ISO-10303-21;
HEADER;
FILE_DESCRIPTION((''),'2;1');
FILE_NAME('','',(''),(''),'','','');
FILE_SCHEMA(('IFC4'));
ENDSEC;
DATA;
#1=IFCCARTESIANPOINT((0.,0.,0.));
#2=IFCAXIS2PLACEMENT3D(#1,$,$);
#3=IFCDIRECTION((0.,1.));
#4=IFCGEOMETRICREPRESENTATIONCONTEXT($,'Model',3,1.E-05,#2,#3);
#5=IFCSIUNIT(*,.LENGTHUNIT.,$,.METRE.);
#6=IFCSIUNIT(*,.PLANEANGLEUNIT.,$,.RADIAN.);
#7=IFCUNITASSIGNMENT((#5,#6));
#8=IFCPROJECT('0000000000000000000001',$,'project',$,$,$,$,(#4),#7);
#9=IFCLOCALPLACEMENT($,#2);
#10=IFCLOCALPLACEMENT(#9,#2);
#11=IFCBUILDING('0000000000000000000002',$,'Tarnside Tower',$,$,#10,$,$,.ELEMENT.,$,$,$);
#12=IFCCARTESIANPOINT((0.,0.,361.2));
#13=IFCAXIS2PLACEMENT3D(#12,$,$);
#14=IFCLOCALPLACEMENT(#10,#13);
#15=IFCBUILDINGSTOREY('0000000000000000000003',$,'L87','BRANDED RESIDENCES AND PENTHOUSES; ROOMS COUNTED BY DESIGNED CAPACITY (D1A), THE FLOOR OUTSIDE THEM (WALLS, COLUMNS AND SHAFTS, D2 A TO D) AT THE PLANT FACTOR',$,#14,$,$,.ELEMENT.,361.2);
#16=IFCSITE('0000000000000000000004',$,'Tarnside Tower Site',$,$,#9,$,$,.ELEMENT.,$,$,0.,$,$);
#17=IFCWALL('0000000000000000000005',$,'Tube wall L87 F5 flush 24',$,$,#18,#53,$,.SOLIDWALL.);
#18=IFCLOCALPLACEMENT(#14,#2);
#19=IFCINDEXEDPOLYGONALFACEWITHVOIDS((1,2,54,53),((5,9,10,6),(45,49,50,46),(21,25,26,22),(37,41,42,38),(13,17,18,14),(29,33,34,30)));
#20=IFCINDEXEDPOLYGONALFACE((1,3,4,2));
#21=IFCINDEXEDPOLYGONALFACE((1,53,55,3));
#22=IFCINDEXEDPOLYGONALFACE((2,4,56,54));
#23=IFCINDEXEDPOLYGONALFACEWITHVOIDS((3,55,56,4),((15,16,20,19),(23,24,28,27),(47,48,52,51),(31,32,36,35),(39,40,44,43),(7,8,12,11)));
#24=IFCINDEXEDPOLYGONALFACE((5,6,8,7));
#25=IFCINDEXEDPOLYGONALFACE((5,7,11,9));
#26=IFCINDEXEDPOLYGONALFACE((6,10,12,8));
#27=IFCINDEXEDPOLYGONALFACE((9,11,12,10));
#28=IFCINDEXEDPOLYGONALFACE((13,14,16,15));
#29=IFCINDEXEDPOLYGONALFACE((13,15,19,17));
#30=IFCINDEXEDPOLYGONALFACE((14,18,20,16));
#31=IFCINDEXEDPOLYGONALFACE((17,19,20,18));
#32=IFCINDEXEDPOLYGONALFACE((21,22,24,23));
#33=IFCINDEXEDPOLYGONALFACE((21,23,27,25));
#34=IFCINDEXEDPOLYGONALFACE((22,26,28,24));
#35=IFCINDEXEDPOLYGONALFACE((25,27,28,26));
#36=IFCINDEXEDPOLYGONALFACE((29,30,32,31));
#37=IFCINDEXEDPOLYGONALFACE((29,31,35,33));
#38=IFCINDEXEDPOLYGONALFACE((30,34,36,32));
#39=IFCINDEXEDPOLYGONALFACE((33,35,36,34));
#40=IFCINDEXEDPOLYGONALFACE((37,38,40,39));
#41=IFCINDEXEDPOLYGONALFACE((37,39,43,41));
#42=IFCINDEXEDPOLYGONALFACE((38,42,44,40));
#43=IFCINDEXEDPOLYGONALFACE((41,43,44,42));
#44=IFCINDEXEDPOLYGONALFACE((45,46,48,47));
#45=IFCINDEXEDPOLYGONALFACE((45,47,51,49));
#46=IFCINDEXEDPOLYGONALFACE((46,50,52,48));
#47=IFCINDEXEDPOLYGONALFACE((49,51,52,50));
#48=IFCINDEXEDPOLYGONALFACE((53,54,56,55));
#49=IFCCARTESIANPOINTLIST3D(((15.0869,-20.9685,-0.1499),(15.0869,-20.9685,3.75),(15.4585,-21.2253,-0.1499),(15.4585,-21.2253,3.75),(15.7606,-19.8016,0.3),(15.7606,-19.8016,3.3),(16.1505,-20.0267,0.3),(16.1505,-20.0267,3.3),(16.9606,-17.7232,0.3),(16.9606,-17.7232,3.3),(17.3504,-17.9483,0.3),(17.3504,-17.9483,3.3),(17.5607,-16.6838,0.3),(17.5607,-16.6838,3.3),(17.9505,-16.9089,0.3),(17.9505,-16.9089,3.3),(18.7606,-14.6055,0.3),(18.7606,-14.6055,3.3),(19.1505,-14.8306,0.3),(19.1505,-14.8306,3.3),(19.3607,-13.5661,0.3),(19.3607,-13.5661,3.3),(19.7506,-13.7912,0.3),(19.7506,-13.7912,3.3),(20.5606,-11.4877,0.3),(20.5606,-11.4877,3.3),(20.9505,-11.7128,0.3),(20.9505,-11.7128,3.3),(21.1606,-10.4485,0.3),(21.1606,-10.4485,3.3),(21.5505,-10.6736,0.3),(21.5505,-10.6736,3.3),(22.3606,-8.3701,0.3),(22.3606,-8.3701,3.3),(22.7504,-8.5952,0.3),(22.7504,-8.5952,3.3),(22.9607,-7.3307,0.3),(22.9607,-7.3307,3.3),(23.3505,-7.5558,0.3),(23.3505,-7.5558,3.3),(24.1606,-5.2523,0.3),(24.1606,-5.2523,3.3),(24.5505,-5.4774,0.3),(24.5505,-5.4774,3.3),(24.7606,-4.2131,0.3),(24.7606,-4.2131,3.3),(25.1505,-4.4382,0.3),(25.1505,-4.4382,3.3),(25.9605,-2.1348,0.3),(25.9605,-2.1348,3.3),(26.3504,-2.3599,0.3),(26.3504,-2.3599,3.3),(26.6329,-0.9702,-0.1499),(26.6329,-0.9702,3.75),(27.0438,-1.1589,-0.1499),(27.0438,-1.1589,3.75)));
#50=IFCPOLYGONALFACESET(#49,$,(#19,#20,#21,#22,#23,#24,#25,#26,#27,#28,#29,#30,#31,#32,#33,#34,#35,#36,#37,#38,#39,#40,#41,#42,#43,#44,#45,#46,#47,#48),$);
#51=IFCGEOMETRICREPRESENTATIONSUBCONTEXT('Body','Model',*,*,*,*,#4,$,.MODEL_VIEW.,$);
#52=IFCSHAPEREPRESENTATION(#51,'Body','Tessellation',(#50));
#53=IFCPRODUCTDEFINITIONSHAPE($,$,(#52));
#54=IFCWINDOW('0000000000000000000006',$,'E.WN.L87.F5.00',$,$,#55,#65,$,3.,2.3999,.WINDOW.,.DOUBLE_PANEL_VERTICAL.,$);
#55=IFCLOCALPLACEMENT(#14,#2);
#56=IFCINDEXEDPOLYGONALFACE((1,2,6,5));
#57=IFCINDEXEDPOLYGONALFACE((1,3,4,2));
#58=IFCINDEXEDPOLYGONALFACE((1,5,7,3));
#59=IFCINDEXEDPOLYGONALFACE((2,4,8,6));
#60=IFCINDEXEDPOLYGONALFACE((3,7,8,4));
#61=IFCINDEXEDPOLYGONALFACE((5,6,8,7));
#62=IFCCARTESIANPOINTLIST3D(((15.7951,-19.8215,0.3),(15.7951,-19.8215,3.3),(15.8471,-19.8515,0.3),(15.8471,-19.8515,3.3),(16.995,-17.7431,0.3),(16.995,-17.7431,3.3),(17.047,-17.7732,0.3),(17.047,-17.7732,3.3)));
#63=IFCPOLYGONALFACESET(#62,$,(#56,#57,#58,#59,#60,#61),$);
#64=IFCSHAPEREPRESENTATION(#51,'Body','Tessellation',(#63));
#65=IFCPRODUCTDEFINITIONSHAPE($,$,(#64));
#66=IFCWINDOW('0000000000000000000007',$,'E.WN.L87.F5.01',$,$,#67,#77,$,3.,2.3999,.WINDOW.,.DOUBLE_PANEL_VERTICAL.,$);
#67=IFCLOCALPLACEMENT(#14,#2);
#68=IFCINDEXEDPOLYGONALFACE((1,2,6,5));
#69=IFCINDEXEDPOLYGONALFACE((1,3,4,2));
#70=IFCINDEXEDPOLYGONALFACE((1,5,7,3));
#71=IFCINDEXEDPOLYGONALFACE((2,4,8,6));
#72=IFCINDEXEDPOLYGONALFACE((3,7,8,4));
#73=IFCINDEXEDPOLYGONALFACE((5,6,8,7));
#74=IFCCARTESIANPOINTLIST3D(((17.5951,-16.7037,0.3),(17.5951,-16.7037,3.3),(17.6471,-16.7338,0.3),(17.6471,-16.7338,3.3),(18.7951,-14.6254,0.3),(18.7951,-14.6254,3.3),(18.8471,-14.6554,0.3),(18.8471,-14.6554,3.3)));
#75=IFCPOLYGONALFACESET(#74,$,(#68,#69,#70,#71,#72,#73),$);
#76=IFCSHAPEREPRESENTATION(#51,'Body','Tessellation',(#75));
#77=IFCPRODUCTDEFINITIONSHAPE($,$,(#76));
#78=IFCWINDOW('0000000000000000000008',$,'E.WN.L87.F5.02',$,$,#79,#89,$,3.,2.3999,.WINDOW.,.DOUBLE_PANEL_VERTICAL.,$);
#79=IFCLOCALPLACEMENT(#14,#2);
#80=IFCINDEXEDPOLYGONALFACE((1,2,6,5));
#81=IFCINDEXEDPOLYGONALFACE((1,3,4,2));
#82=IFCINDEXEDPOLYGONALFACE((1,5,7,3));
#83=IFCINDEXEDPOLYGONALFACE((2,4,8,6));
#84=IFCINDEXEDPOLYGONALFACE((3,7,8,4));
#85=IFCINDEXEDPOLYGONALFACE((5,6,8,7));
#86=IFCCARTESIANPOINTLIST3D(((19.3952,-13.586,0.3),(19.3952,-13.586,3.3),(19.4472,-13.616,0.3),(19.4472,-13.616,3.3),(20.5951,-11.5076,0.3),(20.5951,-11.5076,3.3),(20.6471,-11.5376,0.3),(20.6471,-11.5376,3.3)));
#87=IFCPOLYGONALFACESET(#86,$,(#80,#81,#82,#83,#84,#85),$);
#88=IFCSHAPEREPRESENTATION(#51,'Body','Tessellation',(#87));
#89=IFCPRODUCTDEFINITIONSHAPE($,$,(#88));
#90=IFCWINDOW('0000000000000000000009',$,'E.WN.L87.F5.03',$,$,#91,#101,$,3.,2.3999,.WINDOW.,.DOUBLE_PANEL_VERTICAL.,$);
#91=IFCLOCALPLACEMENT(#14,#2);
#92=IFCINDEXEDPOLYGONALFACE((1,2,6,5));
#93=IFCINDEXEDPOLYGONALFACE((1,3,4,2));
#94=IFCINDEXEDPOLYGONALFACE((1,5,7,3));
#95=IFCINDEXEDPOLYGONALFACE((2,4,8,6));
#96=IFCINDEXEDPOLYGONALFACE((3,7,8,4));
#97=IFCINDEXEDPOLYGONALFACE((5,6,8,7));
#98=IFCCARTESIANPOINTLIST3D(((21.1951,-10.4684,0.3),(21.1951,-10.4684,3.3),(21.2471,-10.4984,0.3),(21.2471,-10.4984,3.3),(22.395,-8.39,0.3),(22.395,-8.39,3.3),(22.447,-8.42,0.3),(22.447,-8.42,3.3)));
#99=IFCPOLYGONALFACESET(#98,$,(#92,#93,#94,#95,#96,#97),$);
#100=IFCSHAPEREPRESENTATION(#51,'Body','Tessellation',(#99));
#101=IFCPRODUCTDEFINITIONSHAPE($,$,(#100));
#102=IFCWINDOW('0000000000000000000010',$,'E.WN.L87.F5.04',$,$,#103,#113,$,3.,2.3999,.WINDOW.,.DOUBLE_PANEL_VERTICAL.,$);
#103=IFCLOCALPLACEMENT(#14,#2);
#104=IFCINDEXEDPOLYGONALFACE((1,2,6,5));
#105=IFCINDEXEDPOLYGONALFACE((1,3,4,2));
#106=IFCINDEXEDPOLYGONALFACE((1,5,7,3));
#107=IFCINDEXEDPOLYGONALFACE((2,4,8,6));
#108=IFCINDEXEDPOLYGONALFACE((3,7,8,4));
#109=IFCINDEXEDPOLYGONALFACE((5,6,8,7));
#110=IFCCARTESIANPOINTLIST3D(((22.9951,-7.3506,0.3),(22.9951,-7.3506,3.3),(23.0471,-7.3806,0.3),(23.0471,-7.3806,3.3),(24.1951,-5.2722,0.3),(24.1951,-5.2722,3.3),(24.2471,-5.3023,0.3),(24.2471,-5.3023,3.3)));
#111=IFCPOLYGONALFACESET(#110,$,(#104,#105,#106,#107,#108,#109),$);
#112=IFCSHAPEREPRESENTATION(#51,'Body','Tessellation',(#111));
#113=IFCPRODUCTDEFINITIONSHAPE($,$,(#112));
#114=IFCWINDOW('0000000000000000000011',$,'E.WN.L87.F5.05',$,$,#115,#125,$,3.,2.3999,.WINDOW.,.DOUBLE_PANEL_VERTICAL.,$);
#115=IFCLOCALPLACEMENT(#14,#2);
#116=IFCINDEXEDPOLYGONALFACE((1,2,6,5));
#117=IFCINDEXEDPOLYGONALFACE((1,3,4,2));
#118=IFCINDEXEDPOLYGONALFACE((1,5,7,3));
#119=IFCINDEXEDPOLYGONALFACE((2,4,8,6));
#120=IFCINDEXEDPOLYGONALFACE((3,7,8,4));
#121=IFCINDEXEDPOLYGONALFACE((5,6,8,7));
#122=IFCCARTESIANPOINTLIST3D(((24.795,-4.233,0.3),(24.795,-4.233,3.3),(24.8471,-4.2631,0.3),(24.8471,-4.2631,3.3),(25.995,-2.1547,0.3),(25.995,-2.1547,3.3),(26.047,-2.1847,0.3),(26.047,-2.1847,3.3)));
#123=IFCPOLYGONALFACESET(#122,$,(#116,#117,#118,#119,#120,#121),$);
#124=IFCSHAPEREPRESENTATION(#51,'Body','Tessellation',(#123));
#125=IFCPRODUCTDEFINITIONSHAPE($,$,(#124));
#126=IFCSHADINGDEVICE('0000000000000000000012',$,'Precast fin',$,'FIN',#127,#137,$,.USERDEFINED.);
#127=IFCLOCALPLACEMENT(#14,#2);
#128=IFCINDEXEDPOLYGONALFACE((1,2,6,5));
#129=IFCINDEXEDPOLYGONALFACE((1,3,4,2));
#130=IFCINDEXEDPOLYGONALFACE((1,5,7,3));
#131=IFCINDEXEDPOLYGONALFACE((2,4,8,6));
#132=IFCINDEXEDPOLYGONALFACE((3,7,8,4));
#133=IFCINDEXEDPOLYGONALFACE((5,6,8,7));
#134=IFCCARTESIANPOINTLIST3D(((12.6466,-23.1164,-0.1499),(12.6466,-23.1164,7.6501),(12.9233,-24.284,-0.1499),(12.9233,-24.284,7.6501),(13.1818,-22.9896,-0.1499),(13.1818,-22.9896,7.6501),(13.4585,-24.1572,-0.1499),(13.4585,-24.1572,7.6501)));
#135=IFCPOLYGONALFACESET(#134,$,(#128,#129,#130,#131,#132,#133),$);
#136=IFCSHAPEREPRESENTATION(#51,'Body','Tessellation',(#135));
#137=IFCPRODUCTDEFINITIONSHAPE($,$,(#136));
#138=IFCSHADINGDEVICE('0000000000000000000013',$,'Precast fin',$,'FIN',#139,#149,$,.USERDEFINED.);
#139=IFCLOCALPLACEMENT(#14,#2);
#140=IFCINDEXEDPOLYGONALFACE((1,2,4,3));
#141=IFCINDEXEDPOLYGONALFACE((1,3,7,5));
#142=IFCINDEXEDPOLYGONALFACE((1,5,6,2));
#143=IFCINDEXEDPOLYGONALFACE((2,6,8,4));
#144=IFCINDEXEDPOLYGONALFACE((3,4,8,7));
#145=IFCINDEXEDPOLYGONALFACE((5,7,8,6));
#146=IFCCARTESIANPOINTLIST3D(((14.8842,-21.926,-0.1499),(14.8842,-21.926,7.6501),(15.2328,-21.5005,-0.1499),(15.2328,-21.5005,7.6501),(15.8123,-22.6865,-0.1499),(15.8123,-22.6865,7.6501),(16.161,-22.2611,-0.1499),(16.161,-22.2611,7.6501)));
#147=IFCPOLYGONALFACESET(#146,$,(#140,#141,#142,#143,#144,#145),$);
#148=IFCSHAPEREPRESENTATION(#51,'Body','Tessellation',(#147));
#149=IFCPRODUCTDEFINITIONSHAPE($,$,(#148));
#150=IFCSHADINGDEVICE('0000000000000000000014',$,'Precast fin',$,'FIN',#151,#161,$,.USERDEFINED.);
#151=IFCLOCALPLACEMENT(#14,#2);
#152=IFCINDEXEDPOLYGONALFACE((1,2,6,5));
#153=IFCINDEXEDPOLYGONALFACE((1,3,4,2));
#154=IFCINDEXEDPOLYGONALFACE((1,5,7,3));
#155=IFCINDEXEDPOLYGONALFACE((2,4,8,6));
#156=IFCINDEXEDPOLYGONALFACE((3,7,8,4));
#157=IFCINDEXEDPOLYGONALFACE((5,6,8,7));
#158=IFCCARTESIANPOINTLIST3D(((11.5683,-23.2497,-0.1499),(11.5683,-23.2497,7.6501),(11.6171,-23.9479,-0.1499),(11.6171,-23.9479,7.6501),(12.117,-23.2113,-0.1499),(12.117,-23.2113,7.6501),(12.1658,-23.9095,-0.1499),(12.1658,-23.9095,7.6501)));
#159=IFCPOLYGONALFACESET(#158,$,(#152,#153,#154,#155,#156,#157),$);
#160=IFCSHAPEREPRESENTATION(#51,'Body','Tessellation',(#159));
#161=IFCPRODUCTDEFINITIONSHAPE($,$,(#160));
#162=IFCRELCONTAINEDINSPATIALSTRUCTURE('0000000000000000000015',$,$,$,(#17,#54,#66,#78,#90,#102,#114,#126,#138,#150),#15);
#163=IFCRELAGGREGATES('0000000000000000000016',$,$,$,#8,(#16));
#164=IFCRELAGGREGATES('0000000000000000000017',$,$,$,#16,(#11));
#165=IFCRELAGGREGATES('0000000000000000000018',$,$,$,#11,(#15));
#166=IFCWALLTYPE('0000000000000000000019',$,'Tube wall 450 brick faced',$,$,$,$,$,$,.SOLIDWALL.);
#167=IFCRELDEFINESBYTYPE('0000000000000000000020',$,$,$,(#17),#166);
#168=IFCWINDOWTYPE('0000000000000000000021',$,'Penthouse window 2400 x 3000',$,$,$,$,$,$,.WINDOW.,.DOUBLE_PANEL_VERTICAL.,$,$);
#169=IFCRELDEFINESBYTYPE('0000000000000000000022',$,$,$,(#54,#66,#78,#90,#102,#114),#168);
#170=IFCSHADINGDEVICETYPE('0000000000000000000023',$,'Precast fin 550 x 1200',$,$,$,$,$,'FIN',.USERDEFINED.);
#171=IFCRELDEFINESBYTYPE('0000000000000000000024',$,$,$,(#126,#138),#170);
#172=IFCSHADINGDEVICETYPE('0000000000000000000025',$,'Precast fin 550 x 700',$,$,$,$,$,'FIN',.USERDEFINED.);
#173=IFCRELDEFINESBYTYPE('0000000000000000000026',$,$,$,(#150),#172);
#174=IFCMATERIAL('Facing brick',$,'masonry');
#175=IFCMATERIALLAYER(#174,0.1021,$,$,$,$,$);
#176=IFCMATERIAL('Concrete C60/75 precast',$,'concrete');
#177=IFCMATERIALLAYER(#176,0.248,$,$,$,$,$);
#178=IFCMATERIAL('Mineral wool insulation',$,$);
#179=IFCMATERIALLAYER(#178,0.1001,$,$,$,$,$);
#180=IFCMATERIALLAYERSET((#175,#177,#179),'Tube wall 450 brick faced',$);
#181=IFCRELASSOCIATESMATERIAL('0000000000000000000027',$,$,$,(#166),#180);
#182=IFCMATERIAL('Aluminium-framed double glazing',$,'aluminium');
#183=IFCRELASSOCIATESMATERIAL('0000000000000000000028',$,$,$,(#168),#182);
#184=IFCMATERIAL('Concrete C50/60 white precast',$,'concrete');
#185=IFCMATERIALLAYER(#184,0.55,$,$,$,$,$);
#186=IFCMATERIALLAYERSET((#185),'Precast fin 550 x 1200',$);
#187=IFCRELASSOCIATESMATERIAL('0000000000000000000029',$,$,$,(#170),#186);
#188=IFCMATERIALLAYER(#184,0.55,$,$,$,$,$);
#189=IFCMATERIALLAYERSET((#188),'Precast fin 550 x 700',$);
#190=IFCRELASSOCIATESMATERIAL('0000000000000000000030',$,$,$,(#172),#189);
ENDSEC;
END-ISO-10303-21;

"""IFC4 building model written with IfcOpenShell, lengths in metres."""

from ifc_helpers import new_model, si_unit, direction, frame, frame_2d, origin, place, context, subcontext, project, spatial, polyline, rectangle, outline, extrude, material, layer, layer_set, type_object, element, fill, save


model = new_model("IFC4")

# Units and contexts
model_context = context("Model", 3, precision=1e-05, world=origin(), true_north=direction((0.0, 1.0)))
body_context = subcontext(model_context, "Body", "Model", "MODEL_VIEW")
ifc_project = project(units=[si_unit("LENGTHUNIT", "METRE"), si_unit("PLANEANGLEUNIT", "RADIAN")], contexts=[model_context])

# Site, building, storey
site_placement = place(None, origin())
site = spatial("IfcSite", under=ifc_project, at=site_placement, Name="Tarnside Tower Site", CompositionType="ELEMENT", RefElevation=0.0)
building_placement = place(site_placement, origin())
building = spatial("IfcBuilding", under=site, at=building_placement, Name="Tarnside Tower", CompositionType="ELEMENT")
storey_placement = place(building_placement, frame((0.0, 0.0, 361.2)))
storey = spatial("IfcBuildingStorey", under=building, at=storey_placement, Name="L87", Description="BRANDED RESIDENCES AND PENTHOUSES; ROOMS COUNTED BY DESIGNED CAPACITY (D1A), THE FLOOR OUTSIDE THEM (WALLS, COLUMNS AND SHAFTS, D2 A TO D) AT THE PLANT FACTOR", CompositionType="ELEMENT", Elevation=361.2)

# Shared definitions
ifc_material_1 = material(Name="Facing brick", Category="masonry")
ifc_layer_1 = layer(ifc_material_1, 0.1021)
ifc_material_2 = material(Name="Concrete C60/75 precast", Category="concrete")
ifc_layer_2 = layer(ifc_material_2, 0.248)
ifc_material_3 = material(Name="Mineral wool insulation")
ifc_layer_3 = layer(ifc_material_3, 0.1001)
ifc_layer_set_1 = layer_set([ifc_layer_1, ifc_layer_2, ifc_layer_3], Name="Tube wall 450 brick faced")
wall_type_1 = type_object("IfcWallType", Name="Tube wall 450 brick faced", PredefinedType="SOLIDWALL", material=ifc_layer_set_1)

# Wall, openings, windows
wall_1_placement = place(storey_placement, frame((15.2727, -21.0969, -0.1499), z_axis=(0.0, 0.0, 1.0), x_axis=(0.499997, 0.866027, 0.0)))
wall_1 = element("IfcWall", 1, at=wall_1_placement, inside=storey, type_object=wall_type_1, Name="Tube wall L87 F5 flush 24", PredefinedType="SOLIDWALL", context=body_context, shape_type="SweptSolid", body=[
    extrude(outline(polyline([(-0.0183, -0.2251), (23.1523, -0.2251), (23.1104, 0.2251), (0.0183, 0.2251), (-0.0183, -0.2251)])), origin(), (0.0, 0.0, 1.0), 3.8999),
])
opening_1_placement = place(wall_1_placement, frame((1.3657, 0.0, 0.45)))
opening_1 = element("IfcOpeningElement", 2, at=opening_1_placement, cuts=wall_1, PredefinedType="OPENING", context=body_context, shape_type="SweptSolid", body=[
    extrude(rectangle(XDim=2.3999, YDim=3.0, at=frame_2d((1.2, 1.5))), frame((0.0, 0.2349, 0.0), z_axis=(0.0, -1.0, 0.0), x_axis=(1.0, 0.0, 0.0)), (0.0, 0.0, 1.0), 0.47),
])
opening_2_placement = place(wall_1_placement, frame((4.9658, 0.0, 0.45)))
opening_2 = element("IfcOpeningElement", 3, at=opening_2_placement, cuts=wall_1, PredefinedType="OPENING", context=body_context, shape_type="SweptSolid", body=[
    extrude(rectangle(XDim=2.3999, YDim=3.0, at=frame_2d((1.2, 1.5))), frame((0.0, 0.2349, 0.0), z_axis=(0.0, -1.0, 0.0), x_axis=(1.0, 0.0, 0.0)), (0.0, 0.0, 1.0), 0.47),
])
opening_3_placement = place(wall_1_placement, frame((8.5659, 0.0, 0.45)))
opening_3 = element("IfcOpeningElement", 4, at=opening_3_placement, cuts=wall_1, PredefinedType="OPENING", context=body_context, shape_type="SweptSolid", body=[
    extrude(rectangle(XDim=2.3999, YDim=3.0, at=frame_2d((1.2, 1.5))), frame((0.0, 0.2349, 0.0), z_axis=(0.0, -1.0, 0.0), x_axis=(1.0, 0.0, 0.0)), (0.0, 0.0, 1.0), 0.47),
])
opening_4_placement = place(wall_1_placement, frame((12.1658, 0.0, 0.45)))
opening_4 = element("IfcOpeningElement", 5, at=opening_4_placement, cuts=wall_1, PredefinedType="OPENING", context=body_context, shape_type="SweptSolid", body=[
    extrude(rectangle(XDim=2.3999, YDim=3.0, at=frame_2d((1.2, 1.5))), frame((0.0, 0.2349, 0.0), z_axis=(0.0, -1.0, 0.0), x_axis=(1.0, 0.0, 0.0)), (0.0, 0.0, 1.0), 0.47),
])
opening_5_placement = place(wall_1_placement, frame((15.7659, 0.0, 0.45)))
opening_5 = element("IfcOpeningElement", 6, at=opening_5_placement, cuts=wall_1, PredefinedType="OPENING", context=body_context, shape_type="SweptSolid", body=[
    extrude(rectangle(XDim=2.3999, YDim=3.0, at=frame_2d((1.2, 1.5))), frame((0.0, 0.2349, 0.0), z_axis=(0.0, -1.0, 0.0), x_axis=(1.0, 0.0, 0.0)), (0.0, 0.0, 1.0), 0.47),
])
opening_6_placement = place(wall_1_placement, frame((19.3657, 0.0, 0.45)))
opening_6 = element("IfcOpeningElement", 7, at=opening_6_placement, cuts=wall_1, PredefinedType="OPENING", context=body_context, shape_type="SweptSolid", body=[
    extrude(rectangle(XDim=2.3999, YDim=3.0, at=frame_2d((1.2, 1.5))), frame((0.0, 0.2349, 0.0), z_axis=(0.0, -1.0, 0.0), x_axis=(1.0, 0.0, 0.0)), (0.0, 0.0, 1.0), 0.47),
])
ifc_material_4 = material(Name="Aluminium-framed double glazing", Category="aluminium")
window_type = type_object("IfcWindowType", Name="Penthouse window 2400 x 3000", PartitioningType="DOUBLE_PANEL_VERTICAL", PredefinedType="WINDOW", material=ifc_material_4)
window_1_placement = place(opening_1_placement, frame((0.0, 0.1553, 0.0)))
window_1 = element("IfcWindow", 8, at=window_1_placement, inside=storey, type_object=window_type, Name="E.WN.L87.F5.00", OverallHeight=3.0, OverallWidth=2.3999, PartitioningType="DOUBLE_PANEL_VERTICAL", PredefinedType="WINDOW", context=body_context, shape_type="SweptSolid", body=[
    extrude(rectangle(XDim=2.3999, YDim=3.0, at=frame_2d((1.2, 1.5))), frame((0.0, 0.03, 0.0), z_axis=(0.0, -1.0, 0.0), x_axis=(1.0, 0.0, 0.0)), (0.0, 0.0, 1.0), 0.0601),
])
fill(opening_1, window_1)
window_2_placement = place(opening_2_placement, frame((0.0, 0.1553, 0.0)))
window_2 = element("IfcWindow", 9, at=window_2_placement, inside=storey, type_object=window_type, Name="E.WN.L87.F5.01", OverallHeight=3.0, OverallWidth=2.3999, PartitioningType="DOUBLE_PANEL_VERTICAL", PredefinedType="WINDOW", context=body_context, shape_type="SweptSolid", body=[
    extrude(rectangle(XDim=2.3999, YDim=3.0, at=frame_2d((1.2, 1.5))), frame((0.0, 0.03, 0.0), z_axis=(0.0, -1.0, 0.0), x_axis=(1.0, 0.0, 0.0)), (0.0, 0.0, 1.0), 0.0601),
])
fill(opening_2, window_2)
window_3_placement = place(opening_3_placement, frame((0.0, 0.1553, 0.0)))
window_3 = element("IfcWindow", 10, at=window_3_placement, inside=storey, type_object=window_type, Name="E.WN.L87.F5.02", OverallHeight=3.0, OverallWidth=2.3999, PartitioningType="DOUBLE_PANEL_VERTICAL", PredefinedType="WINDOW", context=body_context, shape_type="SweptSolid", body=[
    extrude(rectangle(XDim=2.3999, YDim=3.0, at=frame_2d((1.2, 1.5))), frame((0.0, 0.03, 0.0), z_axis=(0.0, -1.0, 0.0), x_axis=(1.0, 0.0, 0.0)), (0.0, 0.0, 1.0), 0.0601),
])
fill(opening_3, window_3)
window_4_placement = place(opening_4_placement, frame((0.0, 0.1553, 0.0)))
window_4 = element("IfcWindow", 11, at=window_4_placement, inside=storey, type_object=window_type, Name="E.WN.L87.F5.03", OverallHeight=3.0, OverallWidth=2.3999, PartitioningType="DOUBLE_PANEL_VERTICAL", PredefinedType="WINDOW", context=body_context, shape_type="SweptSolid", body=[
    extrude(rectangle(XDim=2.3999, YDim=3.0, at=frame_2d((1.2, 1.5))), frame((0.0, 0.03, 0.0), z_axis=(0.0, -1.0, 0.0), x_axis=(1.0, 0.0, 0.0)), (0.0, 0.0, 1.0), 0.0601),
])
fill(opening_4, window_4)
window_5_placement = place(opening_5_placement, frame((0.0, 0.1553, 0.0)))
window_5 = element("IfcWindow", 12, at=window_5_placement, inside=storey, type_object=window_type, Name="E.WN.L87.F5.04", OverallHeight=3.0, OverallWidth=2.3999, PartitioningType="DOUBLE_PANEL_VERTICAL", PredefinedType="WINDOW", context=body_context, shape_type="SweptSolid", body=[
    extrude(rectangle(XDim=2.3999, YDim=3.0, at=frame_2d((1.2, 1.5))), frame((0.0, 0.03, 0.0), z_axis=(0.0, -1.0, 0.0), x_axis=(1.0, 0.0, 0.0)), (0.0, 0.0, 1.0), 0.0601),
])
fill(opening_5, window_5)
window_6_placement = place(opening_6_placement, frame((0.0, 0.1553, 0.0)))
window_6 = element("IfcWindow", 13, at=window_6_placement, inside=storey, type_object=window_type, Name="E.WN.L87.F5.05", OverallHeight=3.0, OverallWidth=2.3999, PartitioningType="DOUBLE_PANEL_VERTICAL", PredefinedType="WINDOW", context=body_context, shape_type="SweptSolid", body=[
    extrude(rectangle(XDim=2.3999, YDim=3.0, at=frame_2d((1.2, 1.5))), frame((0.0, 0.03, 0.0), z_axis=(0.0, -1.0, 0.0), x_axis=(1.0, 0.0, 0.0)), (0.0, 0.0, 1.0), 0.0601),
])
fill(opening_6, window_6)

# Shading devices
ifc_material_5 = material(Name="Concrete C50/60 white precast", Category="concrete")
ifc_layer_4 = layer(ifc_material_5, 0.55)
ifc_layer_set_2 = layer_set([ifc_layer_4], Name="Precast fin 550 x 1200")
shading_device_type_1 = type_object("IfcShadingDeviceType", Name="Precast fin 550 x 1200", ElementType="FIN", PredefinedType="USERDEFINED", material=ifc_layer_set_2)
for number, where, z_axis, x_axis, name in (
    (14, (12.9143, -23.053, -0.1499), (-0.973045, -0.230616, 0.0), (0.230616, -0.973045, 0.0), "Precast fin"),
    (15, (15.0586, -21.7131, -0.1499), (-0.633831, -0.773472, 0.0), (0.773472, -0.633831, 0.0), "Precast fin"),
):
    element("IfcShadingDevice", number, at=place(storey_placement, frame(where, z_axis=z_axis, x_axis=x_axis)), inside=storey, type_object=shading_device_type_1, Name=name, ObjectType="FIN", PredefinedType="USERDEFINED", context=body_context, shape_type="SweptSolid", body=[
        extrude(outline(polyline([(0.0, 0.0), (1.2, 0.0), (1.2, 7.8), (0.0, 7.8), (0.0, 0.0)])), frame((0.0, 0.0, -0.2749)), (0.0, 0.0, 1.0), 0.55),
    ])
ifc_layer_5 = layer(ifc_material_5, 0.55)
ifc_layer_set_3 = layer_set([ifc_layer_5], Name="Precast fin 550 x 700")
shading_device_type_2 = type_object("IfcShadingDeviceType", Name="Precast fin 550 x 700", ElementType="FIN", PredefinedType="USERDEFINED", material=ifc_layer_set_3)
for number, where, z_axis, x_axis, name in (
    (16, (11.8428, -23.2305, -0.1499), (-0.997564, -0.069756, 0.0), (0.069756, -0.997564, 0.0), "Precast fin"),
):
    element("IfcShadingDevice", number, at=place(storey_placement, frame(where, z_axis=z_axis, x_axis=x_axis)), inside=storey, type_object=shading_device_type_2, Name=name, ObjectType="FIN", PredefinedType="USERDEFINED", context=body_context, shape_type="SweptSolid", body=[
        extrude(outline(polyline([(0.0, 0.0), (0.7, 0.0), (0.7, 7.8), (0.0, 7.8), (0.0, 0.0)])), frame((0.0, 0.0, -0.2749)), (0.0, 0.0, 1.0), 0.55),
    ])

save(model, "model.ifc")
